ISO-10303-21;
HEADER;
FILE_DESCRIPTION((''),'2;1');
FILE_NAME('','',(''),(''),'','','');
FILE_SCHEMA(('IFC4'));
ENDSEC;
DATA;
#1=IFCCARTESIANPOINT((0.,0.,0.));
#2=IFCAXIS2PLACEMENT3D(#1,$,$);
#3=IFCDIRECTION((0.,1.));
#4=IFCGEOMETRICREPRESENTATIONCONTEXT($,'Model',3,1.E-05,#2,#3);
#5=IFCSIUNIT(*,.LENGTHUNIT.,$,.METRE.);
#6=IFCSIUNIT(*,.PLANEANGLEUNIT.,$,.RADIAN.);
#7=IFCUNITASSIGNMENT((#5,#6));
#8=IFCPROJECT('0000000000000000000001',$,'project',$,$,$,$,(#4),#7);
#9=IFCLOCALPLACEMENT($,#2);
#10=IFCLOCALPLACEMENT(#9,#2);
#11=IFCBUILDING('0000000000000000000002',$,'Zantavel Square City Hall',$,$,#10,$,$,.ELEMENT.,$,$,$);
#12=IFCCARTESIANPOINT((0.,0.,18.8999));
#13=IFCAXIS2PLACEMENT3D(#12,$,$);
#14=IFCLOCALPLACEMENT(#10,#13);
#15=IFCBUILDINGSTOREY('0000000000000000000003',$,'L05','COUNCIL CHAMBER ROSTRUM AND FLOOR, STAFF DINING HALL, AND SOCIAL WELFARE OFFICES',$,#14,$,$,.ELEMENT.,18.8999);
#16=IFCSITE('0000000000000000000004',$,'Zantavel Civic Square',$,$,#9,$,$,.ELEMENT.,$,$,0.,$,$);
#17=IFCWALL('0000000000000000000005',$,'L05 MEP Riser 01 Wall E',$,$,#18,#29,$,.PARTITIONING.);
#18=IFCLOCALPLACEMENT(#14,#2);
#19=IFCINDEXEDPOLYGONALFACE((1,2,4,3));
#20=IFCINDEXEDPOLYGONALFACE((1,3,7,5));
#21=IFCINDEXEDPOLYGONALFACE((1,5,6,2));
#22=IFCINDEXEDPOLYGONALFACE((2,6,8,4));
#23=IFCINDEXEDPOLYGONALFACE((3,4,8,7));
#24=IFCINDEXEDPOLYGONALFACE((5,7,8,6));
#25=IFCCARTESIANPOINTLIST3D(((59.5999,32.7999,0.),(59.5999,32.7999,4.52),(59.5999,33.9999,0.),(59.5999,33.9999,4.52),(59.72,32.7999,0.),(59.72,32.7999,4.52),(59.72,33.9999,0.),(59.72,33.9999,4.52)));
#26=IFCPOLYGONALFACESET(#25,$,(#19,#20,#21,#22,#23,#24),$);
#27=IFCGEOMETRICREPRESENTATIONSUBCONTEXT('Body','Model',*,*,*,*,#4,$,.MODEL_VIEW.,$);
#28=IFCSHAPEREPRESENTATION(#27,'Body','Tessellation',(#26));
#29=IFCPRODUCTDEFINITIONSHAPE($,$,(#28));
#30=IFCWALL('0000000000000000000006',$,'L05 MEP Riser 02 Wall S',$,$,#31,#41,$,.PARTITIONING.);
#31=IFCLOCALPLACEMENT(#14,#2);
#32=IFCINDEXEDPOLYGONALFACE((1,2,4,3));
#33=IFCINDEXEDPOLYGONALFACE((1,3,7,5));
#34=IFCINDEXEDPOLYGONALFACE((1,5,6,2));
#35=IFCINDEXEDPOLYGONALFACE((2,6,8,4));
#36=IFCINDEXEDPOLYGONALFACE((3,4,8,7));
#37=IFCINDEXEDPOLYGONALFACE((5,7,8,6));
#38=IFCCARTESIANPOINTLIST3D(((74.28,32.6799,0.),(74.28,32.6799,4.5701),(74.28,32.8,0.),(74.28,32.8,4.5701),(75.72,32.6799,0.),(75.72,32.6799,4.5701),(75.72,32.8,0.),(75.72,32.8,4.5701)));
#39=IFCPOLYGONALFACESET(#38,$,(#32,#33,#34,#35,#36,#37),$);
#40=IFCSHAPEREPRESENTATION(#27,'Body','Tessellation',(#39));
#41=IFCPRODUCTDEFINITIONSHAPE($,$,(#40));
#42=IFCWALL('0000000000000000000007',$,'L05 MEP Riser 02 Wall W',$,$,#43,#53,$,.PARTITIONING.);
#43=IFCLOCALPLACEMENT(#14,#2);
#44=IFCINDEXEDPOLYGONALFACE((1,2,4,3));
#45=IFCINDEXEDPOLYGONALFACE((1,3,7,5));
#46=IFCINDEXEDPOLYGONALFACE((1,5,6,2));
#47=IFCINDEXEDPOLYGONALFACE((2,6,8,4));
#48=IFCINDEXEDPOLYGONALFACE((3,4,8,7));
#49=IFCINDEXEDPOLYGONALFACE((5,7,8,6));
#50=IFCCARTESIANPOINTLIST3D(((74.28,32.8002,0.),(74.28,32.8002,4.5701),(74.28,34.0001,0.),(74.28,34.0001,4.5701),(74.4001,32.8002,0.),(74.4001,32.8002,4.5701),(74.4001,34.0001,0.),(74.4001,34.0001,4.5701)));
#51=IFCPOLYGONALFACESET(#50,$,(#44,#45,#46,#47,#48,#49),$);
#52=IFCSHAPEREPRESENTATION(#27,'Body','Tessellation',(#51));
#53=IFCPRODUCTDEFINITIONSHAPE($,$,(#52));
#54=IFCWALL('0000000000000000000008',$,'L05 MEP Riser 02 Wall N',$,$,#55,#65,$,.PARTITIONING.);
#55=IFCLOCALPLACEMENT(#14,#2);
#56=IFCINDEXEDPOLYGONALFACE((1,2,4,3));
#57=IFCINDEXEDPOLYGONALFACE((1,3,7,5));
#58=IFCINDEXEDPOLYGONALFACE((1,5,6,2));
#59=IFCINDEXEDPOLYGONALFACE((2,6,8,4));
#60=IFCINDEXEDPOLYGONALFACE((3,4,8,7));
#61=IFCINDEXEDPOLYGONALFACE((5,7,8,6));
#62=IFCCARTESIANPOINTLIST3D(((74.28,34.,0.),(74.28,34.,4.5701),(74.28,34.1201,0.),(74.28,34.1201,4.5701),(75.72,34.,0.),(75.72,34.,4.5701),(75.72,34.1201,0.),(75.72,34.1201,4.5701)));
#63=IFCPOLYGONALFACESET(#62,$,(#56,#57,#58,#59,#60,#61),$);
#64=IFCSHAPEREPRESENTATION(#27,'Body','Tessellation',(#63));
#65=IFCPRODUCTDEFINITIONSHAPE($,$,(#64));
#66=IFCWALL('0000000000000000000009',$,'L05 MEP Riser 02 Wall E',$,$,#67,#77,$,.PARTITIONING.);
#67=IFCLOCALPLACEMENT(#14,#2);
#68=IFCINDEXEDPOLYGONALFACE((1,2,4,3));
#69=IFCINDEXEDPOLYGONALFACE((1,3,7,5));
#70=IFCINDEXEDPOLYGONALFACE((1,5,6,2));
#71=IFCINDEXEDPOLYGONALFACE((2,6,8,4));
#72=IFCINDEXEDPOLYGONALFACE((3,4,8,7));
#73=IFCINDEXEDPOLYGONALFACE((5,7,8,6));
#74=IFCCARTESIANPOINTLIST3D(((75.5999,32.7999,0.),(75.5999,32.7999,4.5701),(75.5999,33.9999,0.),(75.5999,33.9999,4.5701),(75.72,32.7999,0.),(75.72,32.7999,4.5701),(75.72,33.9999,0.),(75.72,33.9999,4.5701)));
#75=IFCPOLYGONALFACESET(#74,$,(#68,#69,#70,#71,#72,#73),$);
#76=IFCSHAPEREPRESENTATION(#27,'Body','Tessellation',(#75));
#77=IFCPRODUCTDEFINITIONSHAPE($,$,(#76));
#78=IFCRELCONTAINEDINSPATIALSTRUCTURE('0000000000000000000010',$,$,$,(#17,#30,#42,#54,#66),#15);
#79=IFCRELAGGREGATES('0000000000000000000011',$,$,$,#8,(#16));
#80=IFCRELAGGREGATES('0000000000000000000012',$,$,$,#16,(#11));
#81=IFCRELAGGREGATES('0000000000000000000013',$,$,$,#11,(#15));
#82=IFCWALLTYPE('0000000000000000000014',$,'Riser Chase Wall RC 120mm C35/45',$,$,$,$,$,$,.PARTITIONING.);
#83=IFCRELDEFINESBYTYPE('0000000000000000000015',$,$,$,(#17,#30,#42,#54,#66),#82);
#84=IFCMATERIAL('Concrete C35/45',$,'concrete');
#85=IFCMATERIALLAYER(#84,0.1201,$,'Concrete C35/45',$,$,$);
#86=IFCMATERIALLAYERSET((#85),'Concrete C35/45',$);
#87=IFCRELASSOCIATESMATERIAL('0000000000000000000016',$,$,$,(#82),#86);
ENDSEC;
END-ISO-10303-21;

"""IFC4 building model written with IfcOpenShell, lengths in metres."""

from ifc_helpers import new_model, si_unit, direction, frame, frame_2d, origin, place, context, subcontext, project, spatial, rectangle, extrude, material, layer, layer_set, type_object, element, save


model = new_model("IFC4")

# Units and contexts
model_context = context("Model", 3, precision=1e-05, world=origin(), true_north=direction((0.0, 1.0)))
body_context = subcontext(model_context, "Body", "Model", "MODEL_VIEW")
ifc_project = project(units=[si_unit("LENGTHUNIT", "METRE"), si_unit("PLANEANGLEUNIT", "RADIAN")], contexts=[model_context])

# Site, building, storey
site_placement = place(None, origin())
site = spatial("IfcSite", under=ifc_project, at=site_placement, Name="Zantavel Civic Square", CompositionType="ELEMENT", RefElevation=0.0)
building_placement = place(site_placement, origin())
building = spatial("IfcBuilding", under=site, at=building_placement, Name="Zantavel Square City Hall", CompositionType="ELEMENT")
storey_placement = place(building_placement, frame((0.0, 0.0, 18.8999)))
storey = spatial("IfcBuildingStorey", under=building, at=storey_placement, Name="L05", Description="COUNCIL CHAMBER ROSTRUM AND FLOOR, STAFF DINING HALL, AND SOCIAL WELFARE OFFICES", CompositionType="ELEMENT", Elevation=18.8999)

# Shared definitions
ifc_material_1 = material(Name="Concrete C35/45", Category="concrete")

# Walls
ifc_layer_1 = layer(ifc_material_1, 0.1201, Name="Concrete C35/45")
ifc_layer_set_1 = layer_set([ifc_layer_1], Name="Concrete C35/45")
wall_type = type_object("IfcWallType", Name="Riser Chase Wall RC 120mm C35/45", PredefinedType="PARTITIONING", material=ifc_layer_set_1)
wall_1_placement = place(storey_placement, frame((59.6599, 34.0, 0.0), z_axis=(0.0, 0.0, 1.0), x_axis=(0.0, -1.0, 0.0)))
element("IfcWall", 1, at=wall_1_placement, inside=storey, type_object=wall_type, Name="L05 MEP Riser 01 Wall E", PredefinedType="PARTITIONING", context=body_context, shape_type="SweptSolid", body=[
    extrude(rectangle(XDim=1.2, YDim=0.1201, at=frame_2d((0.6001, 0.0))), origin(), (0.0, 0.0, 1.0), 4.52),
])
wall_2_placement = place(storey_placement, frame((75.72, 32.74, 0.0), z_axis=(0.0, 0.0, 1.0), x_axis=(-1.0, 0.0, 0.0)))
element("IfcWall", 2, at=wall_2_placement, inside=storey, type_object=wall_type, Name="L05 MEP Riser 02 Wall S", PredefinedType="PARTITIONING", context=body_context, shape_type="SweptSolid", body=[
    extrude(rectangle(XDim=1.4399, YDim=0.1201, at=frame_2d((0.72, 0.0))), origin(), (0.0, 0.0, 1.0), 4.5701),
])
wall_3_placement = place(storey_placement, frame((74.3401, 32.8, 0.0), z_axis=(0.0, 0.0, 1.0), x_axis=(0.0, 1.0, 0.0)))
element("IfcWall", 3, at=wall_3_placement, inside=storey, type_object=wall_type, Name="L05 MEP Riser 02 Wall W", PredefinedType="PARTITIONING", context=body_context, shape_type="SweptSolid", body=[
    extrude(rectangle(XDim=1.2, YDim=0.1201, at=frame_2d((0.6001, 0.0))), origin(), (0.0, 0.0, 1.0), 4.5701),
])
wall_4_placement = place(storey_placement, frame((74.28, 34.0601, 0.0), z_axis=(0.0, 0.0, 1.0), x_axis=(1.0, 0.0, 0.0)))
element("IfcWall", 4, at=wall_4_placement, inside=storey, type_object=wall_type, Name="L05 MEP Riser 02 Wall N", PredefinedType="PARTITIONING", context=body_context, shape_type="SweptSolid", body=[
    extrude(rectangle(XDim=1.4399, YDim=0.1201, at=frame_2d((0.72, 0.0))), origin(), (0.0, 0.0, 1.0), 4.5701),
])
wall_5_placement = place(storey_placement, frame((75.6599, 34.0, 0.0), z_axis=(0.0, 0.0, 1.0), x_axis=(0.0, -1.0, 0.0)))
element("IfcWall", 5, at=wall_5_placement, inside=storey, type_object=wall_type, Name="L05 MEP Riser 02 Wall E", PredefinedType="PARTITIONING", context=body_context, shape_type="SweptSolid", body=[
    extrude(rectangle(XDim=1.2, YDim=0.1201, at=frame_2d((0.6001, 0.0))), origin(), (0.0, 0.0, 1.0), 4.5701),
])

save(model, "model.ifc")
